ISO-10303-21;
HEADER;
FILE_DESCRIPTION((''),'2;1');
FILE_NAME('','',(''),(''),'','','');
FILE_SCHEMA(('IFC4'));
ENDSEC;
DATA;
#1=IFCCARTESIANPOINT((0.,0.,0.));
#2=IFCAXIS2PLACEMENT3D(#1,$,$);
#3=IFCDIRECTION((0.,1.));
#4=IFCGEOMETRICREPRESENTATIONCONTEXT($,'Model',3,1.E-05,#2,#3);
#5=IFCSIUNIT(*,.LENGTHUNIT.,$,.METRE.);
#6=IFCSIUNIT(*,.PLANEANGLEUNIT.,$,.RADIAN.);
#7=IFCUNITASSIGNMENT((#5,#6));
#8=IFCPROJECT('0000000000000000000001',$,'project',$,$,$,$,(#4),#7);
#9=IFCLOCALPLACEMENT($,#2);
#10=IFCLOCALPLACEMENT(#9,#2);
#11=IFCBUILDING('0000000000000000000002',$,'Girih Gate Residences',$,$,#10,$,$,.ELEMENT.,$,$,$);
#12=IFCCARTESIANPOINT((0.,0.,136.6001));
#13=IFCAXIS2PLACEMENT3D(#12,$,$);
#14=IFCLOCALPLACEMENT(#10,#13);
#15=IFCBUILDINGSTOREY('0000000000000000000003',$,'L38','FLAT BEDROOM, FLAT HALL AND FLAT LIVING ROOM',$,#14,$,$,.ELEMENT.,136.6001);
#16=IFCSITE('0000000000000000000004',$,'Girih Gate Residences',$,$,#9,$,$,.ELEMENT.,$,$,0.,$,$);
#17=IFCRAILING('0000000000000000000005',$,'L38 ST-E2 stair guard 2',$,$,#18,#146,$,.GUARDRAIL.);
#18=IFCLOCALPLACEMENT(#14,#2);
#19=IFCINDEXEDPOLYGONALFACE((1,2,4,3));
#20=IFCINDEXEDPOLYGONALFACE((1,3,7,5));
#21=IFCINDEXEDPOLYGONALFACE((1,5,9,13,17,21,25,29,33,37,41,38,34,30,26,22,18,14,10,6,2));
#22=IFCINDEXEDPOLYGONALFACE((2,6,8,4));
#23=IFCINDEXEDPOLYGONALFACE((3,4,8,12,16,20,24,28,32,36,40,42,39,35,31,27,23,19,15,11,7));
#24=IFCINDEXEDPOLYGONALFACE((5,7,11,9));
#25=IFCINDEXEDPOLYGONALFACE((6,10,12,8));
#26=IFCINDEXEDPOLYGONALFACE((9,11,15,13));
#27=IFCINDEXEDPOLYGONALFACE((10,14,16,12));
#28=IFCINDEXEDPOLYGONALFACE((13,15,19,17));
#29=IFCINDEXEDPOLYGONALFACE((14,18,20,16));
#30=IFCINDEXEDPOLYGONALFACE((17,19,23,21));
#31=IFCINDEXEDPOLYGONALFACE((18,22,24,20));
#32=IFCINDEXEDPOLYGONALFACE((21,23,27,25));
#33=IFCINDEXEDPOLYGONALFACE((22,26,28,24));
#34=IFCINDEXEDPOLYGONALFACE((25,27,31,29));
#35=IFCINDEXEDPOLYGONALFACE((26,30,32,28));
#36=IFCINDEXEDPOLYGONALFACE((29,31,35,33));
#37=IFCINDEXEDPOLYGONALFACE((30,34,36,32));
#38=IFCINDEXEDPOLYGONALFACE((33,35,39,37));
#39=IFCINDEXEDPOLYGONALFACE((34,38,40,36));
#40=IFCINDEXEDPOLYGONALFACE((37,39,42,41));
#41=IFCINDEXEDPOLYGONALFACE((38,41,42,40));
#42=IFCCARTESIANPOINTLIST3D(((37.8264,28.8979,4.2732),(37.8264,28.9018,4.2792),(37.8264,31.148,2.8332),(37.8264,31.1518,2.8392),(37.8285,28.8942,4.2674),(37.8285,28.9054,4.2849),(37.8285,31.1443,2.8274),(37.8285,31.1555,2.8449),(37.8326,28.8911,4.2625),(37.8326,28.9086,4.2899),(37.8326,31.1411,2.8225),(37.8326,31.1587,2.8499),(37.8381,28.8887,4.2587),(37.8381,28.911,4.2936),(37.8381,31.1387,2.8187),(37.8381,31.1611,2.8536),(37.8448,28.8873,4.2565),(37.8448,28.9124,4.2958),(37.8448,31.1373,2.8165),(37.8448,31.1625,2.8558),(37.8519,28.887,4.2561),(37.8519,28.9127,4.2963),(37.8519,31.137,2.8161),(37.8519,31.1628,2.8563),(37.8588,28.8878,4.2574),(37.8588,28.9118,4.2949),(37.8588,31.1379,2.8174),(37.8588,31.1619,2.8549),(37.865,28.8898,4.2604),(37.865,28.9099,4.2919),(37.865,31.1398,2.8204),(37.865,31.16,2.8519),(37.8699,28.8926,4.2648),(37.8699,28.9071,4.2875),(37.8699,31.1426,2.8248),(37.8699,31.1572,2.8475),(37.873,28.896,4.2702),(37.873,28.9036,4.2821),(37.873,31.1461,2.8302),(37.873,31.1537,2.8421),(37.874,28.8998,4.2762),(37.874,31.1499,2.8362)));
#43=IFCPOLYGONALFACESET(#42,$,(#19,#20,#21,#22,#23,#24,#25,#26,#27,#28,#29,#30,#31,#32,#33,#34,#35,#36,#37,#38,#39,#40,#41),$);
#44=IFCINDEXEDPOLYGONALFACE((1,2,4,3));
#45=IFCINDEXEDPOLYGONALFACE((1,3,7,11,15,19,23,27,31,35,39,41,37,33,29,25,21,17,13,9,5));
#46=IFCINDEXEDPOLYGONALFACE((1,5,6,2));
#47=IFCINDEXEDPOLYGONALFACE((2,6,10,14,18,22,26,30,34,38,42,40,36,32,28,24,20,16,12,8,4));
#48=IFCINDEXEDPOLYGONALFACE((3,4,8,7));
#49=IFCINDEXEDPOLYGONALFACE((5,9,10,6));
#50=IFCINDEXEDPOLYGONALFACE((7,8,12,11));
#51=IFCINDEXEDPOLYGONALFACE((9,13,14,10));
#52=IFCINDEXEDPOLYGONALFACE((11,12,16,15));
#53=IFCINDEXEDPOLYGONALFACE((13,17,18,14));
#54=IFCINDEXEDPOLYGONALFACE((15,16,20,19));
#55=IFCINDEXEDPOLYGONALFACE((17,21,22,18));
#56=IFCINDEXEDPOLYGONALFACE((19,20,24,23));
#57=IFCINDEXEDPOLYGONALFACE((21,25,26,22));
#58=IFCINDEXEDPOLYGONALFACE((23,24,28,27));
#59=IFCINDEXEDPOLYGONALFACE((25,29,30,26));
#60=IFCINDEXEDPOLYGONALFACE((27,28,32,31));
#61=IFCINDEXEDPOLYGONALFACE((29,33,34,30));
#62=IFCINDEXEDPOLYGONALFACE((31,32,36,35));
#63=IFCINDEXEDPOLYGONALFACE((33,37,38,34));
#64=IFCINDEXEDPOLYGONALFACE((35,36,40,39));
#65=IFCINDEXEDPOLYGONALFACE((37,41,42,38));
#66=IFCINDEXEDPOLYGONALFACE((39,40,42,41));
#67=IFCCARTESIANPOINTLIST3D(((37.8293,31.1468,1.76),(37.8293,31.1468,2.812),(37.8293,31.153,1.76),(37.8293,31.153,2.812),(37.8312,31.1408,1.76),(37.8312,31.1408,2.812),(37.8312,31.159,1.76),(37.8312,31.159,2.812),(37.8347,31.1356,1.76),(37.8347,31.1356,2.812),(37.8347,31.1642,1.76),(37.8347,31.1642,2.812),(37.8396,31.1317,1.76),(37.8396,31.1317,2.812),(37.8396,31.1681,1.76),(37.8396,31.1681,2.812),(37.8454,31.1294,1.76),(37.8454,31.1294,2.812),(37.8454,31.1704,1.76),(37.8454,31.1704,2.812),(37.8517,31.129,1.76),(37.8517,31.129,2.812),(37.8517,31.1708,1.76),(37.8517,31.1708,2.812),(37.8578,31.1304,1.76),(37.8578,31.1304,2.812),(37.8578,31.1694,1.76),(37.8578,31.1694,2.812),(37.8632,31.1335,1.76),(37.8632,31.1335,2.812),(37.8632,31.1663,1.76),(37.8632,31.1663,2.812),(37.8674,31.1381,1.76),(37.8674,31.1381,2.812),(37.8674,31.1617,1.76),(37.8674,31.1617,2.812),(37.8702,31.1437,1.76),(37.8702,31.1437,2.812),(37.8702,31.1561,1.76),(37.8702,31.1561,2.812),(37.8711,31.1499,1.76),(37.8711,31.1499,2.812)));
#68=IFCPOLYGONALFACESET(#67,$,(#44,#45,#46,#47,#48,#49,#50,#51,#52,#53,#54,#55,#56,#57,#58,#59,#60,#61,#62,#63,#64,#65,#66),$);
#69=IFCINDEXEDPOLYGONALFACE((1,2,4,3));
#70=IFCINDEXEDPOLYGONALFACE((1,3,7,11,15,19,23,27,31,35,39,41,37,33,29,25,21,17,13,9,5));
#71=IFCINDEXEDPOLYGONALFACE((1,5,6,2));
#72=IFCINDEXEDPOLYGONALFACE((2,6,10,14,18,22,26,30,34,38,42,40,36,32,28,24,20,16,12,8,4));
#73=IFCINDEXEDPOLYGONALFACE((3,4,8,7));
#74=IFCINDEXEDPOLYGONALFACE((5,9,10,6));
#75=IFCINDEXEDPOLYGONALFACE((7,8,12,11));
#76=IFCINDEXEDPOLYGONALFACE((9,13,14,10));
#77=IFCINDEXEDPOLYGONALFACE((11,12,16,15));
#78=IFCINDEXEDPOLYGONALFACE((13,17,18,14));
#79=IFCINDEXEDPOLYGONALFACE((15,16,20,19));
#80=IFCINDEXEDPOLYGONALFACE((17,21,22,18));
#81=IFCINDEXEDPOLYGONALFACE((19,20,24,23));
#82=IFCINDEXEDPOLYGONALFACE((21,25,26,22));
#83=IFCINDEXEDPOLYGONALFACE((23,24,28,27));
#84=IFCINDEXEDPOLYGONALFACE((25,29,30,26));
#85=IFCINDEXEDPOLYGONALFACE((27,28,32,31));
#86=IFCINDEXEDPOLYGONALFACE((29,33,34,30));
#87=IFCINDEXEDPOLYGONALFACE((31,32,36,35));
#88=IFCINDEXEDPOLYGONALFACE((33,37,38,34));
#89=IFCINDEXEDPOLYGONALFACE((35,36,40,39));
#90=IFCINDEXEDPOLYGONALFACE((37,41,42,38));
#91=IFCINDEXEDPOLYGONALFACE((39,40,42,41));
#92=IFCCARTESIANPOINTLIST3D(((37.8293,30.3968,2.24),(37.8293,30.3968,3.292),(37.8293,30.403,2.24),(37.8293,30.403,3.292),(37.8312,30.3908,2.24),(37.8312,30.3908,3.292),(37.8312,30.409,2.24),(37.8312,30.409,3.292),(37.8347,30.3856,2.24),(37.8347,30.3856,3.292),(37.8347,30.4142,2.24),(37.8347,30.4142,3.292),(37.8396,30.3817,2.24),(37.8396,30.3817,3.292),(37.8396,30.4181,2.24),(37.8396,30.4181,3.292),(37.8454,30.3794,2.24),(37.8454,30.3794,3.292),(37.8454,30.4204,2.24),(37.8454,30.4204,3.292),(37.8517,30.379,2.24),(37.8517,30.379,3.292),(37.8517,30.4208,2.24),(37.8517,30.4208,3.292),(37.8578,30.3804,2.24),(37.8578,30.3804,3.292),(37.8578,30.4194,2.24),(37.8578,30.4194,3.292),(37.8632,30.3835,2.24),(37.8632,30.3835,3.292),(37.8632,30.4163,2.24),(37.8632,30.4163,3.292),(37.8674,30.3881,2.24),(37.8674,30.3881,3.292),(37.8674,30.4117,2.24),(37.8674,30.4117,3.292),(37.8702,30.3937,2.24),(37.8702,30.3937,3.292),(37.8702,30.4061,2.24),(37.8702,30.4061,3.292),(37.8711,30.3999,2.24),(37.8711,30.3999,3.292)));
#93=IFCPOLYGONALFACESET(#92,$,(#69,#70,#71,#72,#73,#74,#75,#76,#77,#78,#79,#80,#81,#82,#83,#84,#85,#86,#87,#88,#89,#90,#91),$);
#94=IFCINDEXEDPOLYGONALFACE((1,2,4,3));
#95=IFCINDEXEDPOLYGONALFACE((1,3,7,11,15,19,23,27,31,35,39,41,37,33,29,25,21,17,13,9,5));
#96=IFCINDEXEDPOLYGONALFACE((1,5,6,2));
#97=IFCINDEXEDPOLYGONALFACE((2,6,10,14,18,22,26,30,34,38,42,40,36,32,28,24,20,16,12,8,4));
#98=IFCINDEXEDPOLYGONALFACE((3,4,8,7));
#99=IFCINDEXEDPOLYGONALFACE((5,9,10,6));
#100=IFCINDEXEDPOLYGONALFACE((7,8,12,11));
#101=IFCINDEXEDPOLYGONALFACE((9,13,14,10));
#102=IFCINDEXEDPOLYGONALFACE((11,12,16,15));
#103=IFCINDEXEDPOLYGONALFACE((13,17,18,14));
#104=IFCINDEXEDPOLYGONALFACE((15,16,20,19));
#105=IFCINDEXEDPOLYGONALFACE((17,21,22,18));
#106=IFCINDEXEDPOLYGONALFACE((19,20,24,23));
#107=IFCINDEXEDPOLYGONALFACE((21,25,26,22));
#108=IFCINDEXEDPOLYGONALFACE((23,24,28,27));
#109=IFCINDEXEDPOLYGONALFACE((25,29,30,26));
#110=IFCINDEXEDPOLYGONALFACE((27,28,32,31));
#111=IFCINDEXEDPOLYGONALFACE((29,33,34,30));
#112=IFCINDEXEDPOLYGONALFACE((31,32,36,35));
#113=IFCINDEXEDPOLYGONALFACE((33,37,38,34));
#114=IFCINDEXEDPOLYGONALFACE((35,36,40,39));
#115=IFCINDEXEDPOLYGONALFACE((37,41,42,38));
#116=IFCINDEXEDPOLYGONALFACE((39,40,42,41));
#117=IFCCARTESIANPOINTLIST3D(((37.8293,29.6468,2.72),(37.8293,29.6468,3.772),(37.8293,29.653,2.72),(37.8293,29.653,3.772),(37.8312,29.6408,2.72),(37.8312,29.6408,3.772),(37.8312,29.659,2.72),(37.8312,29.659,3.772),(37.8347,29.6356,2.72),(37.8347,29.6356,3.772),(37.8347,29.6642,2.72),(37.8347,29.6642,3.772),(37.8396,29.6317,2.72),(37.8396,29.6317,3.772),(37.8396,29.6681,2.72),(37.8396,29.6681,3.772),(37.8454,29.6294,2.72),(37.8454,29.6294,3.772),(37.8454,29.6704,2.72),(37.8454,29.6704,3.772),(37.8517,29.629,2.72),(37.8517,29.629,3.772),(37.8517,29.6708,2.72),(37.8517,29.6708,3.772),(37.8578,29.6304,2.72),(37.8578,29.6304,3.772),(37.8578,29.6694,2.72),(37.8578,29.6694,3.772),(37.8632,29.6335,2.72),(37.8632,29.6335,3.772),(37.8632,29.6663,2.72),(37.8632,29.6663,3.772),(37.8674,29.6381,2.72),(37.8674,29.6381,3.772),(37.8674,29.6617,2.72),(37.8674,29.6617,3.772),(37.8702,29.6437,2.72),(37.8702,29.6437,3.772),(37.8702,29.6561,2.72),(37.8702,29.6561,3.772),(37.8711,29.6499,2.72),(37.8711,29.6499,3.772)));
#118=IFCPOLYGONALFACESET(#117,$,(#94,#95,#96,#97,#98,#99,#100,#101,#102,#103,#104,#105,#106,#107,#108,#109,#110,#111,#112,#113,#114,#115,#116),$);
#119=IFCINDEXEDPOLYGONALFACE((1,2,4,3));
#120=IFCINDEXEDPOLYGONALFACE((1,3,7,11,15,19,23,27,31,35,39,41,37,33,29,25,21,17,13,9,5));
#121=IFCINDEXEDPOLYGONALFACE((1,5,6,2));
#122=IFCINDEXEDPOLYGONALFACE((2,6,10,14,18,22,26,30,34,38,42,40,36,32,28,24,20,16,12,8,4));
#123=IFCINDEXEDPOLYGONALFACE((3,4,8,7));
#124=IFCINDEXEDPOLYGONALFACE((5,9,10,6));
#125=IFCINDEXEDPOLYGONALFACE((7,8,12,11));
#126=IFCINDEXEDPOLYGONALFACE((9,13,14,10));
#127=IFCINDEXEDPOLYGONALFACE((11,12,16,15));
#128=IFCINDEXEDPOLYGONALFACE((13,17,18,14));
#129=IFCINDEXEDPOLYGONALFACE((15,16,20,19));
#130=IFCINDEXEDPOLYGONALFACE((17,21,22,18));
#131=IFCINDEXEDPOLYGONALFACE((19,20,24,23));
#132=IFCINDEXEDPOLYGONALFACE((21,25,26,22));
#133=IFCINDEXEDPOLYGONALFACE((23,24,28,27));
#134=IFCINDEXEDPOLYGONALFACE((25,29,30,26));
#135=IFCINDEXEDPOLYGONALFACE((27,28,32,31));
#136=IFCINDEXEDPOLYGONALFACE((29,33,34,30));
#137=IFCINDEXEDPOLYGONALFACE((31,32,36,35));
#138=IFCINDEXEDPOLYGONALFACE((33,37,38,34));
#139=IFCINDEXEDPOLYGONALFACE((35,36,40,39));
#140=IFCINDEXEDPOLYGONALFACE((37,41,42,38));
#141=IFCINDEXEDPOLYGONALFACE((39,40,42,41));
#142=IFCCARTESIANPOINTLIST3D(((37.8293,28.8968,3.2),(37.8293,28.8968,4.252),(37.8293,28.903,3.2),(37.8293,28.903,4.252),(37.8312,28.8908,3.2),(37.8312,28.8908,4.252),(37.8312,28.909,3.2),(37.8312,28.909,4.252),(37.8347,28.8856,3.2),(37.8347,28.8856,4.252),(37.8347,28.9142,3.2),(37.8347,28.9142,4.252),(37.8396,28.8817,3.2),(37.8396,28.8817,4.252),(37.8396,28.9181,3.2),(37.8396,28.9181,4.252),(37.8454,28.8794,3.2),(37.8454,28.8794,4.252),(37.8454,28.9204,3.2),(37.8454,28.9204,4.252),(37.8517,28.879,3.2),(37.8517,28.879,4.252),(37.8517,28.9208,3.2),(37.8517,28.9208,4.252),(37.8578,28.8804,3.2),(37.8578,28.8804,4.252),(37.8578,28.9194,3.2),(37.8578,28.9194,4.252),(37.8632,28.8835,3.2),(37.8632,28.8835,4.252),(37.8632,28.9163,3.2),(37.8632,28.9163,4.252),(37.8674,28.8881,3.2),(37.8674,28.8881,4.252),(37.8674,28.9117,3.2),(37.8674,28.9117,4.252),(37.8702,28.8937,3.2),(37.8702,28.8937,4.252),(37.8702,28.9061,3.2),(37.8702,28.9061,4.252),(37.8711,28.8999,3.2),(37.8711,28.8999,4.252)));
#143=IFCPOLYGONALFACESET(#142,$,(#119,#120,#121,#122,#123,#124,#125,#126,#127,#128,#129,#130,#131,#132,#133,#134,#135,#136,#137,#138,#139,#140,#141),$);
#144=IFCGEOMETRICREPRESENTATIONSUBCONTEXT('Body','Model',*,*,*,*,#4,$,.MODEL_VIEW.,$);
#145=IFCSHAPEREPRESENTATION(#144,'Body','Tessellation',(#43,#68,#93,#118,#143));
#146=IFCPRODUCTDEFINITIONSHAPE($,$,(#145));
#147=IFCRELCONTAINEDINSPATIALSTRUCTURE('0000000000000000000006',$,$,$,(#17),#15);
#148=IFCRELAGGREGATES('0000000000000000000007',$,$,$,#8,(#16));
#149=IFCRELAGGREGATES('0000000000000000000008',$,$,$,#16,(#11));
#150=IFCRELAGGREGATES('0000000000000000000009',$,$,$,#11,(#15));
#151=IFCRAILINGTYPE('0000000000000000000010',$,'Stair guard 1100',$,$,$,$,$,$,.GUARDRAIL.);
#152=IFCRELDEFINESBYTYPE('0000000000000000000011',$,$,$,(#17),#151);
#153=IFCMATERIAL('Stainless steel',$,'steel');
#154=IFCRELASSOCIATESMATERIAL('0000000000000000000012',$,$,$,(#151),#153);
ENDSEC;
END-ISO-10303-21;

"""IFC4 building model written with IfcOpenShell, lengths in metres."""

from ifc_helpers import new_model, si_unit, direction, frame, origin, origin_2d, place, context, subcontext, project, spatial, circle, extrude, material, type_object, element, save


model = new_model("IFC4")

# Units and contexts
model_context = context("Model", 3, precision=1e-05, world=origin(), true_north=direction((0.0, 1.0)))
body_context = subcontext(model_context, "Body", "Model", "MODEL_VIEW")
ifc_project = project(units=[si_unit("LENGTHUNIT", "METRE"), si_unit("PLANEANGLEUNIT", "RADIAN")], contexts=[model_context])

# Site, building, storey
site_placement = place(None, origin())
site = spatial("IfcSite", under=ifc_project, at=site_placement, Name="Girih Gate Residences", CompositionType="ELEMENT", RefElevation=0.0)
building_placement = place(site_placement, origin())
building = spatial("IfcBuilding", under=site, at=building_placement, Name="Girih Gate Residences", CompositionType="ELEMENT")
storey_placement = place(building_placement, frame((0.0, 0.0, 136.6001)))
storey = spatial("IfcBuildingStorey", under=building, at=storey_placement, Name="L38", Description="FLAT BEDROOM, FLAT HALL AND FLAT LIVING ROOM", CompositionType="ELEMENT", Elevation=136.6001)

# Shared definitions
ifc_material_1 = material(Name="Stainless steel", Category="steel")

# Railing
railing_type_1 = type_object("IfcRailingType", Name="Stair guard 1100", PredefinedType="GUARDRAIL", material=ifc_material_1)
railing_1_placement = place(storey_placement, frame((37.8501, 31.1499, 1.76)))
element("IfcRailing", 1, at=railing_1_placement, inside=storey, type_object=railing_type_1, Name="L38 ST-E2 stair guard 2", PredefinedType="GUARDRAIL", context=body_context, shape_type="SweptSolid", body=[
    extrude(circle(Radius=0.0239, at=origin_2d()), frame((0.0, 0.0, 1.0762), z_axis=(0.0, -0.842281, 0.539038), x_axis=(1.0, 0.0, 0.0)), (0.0, 0.0, 1.0), 2.6714),
    extrude(circle(Radius=0.021, at=origin_2d()), origin(), (0.0, 0.0, 1.0), 1.052),
    extrude(circle(Radius=0.021, at=origin_2d()), frame((0.0, -0.75, 0.48)), (0.0, 0.0, 1.0), 1.052),
    extrude(circle(Radius=0.021, at=origin_2d()), frame((0.0, -1.5, 0.96)), (0.0, 0.0, 1.0), 1.052),
    extrude(circle(Radius=0.021, at=origin_2d()), frame((0.0, -2.25, 1.4399)), (0.0, 0.0, 1.0), 1.052),
])

save(model, "model.ifc")
